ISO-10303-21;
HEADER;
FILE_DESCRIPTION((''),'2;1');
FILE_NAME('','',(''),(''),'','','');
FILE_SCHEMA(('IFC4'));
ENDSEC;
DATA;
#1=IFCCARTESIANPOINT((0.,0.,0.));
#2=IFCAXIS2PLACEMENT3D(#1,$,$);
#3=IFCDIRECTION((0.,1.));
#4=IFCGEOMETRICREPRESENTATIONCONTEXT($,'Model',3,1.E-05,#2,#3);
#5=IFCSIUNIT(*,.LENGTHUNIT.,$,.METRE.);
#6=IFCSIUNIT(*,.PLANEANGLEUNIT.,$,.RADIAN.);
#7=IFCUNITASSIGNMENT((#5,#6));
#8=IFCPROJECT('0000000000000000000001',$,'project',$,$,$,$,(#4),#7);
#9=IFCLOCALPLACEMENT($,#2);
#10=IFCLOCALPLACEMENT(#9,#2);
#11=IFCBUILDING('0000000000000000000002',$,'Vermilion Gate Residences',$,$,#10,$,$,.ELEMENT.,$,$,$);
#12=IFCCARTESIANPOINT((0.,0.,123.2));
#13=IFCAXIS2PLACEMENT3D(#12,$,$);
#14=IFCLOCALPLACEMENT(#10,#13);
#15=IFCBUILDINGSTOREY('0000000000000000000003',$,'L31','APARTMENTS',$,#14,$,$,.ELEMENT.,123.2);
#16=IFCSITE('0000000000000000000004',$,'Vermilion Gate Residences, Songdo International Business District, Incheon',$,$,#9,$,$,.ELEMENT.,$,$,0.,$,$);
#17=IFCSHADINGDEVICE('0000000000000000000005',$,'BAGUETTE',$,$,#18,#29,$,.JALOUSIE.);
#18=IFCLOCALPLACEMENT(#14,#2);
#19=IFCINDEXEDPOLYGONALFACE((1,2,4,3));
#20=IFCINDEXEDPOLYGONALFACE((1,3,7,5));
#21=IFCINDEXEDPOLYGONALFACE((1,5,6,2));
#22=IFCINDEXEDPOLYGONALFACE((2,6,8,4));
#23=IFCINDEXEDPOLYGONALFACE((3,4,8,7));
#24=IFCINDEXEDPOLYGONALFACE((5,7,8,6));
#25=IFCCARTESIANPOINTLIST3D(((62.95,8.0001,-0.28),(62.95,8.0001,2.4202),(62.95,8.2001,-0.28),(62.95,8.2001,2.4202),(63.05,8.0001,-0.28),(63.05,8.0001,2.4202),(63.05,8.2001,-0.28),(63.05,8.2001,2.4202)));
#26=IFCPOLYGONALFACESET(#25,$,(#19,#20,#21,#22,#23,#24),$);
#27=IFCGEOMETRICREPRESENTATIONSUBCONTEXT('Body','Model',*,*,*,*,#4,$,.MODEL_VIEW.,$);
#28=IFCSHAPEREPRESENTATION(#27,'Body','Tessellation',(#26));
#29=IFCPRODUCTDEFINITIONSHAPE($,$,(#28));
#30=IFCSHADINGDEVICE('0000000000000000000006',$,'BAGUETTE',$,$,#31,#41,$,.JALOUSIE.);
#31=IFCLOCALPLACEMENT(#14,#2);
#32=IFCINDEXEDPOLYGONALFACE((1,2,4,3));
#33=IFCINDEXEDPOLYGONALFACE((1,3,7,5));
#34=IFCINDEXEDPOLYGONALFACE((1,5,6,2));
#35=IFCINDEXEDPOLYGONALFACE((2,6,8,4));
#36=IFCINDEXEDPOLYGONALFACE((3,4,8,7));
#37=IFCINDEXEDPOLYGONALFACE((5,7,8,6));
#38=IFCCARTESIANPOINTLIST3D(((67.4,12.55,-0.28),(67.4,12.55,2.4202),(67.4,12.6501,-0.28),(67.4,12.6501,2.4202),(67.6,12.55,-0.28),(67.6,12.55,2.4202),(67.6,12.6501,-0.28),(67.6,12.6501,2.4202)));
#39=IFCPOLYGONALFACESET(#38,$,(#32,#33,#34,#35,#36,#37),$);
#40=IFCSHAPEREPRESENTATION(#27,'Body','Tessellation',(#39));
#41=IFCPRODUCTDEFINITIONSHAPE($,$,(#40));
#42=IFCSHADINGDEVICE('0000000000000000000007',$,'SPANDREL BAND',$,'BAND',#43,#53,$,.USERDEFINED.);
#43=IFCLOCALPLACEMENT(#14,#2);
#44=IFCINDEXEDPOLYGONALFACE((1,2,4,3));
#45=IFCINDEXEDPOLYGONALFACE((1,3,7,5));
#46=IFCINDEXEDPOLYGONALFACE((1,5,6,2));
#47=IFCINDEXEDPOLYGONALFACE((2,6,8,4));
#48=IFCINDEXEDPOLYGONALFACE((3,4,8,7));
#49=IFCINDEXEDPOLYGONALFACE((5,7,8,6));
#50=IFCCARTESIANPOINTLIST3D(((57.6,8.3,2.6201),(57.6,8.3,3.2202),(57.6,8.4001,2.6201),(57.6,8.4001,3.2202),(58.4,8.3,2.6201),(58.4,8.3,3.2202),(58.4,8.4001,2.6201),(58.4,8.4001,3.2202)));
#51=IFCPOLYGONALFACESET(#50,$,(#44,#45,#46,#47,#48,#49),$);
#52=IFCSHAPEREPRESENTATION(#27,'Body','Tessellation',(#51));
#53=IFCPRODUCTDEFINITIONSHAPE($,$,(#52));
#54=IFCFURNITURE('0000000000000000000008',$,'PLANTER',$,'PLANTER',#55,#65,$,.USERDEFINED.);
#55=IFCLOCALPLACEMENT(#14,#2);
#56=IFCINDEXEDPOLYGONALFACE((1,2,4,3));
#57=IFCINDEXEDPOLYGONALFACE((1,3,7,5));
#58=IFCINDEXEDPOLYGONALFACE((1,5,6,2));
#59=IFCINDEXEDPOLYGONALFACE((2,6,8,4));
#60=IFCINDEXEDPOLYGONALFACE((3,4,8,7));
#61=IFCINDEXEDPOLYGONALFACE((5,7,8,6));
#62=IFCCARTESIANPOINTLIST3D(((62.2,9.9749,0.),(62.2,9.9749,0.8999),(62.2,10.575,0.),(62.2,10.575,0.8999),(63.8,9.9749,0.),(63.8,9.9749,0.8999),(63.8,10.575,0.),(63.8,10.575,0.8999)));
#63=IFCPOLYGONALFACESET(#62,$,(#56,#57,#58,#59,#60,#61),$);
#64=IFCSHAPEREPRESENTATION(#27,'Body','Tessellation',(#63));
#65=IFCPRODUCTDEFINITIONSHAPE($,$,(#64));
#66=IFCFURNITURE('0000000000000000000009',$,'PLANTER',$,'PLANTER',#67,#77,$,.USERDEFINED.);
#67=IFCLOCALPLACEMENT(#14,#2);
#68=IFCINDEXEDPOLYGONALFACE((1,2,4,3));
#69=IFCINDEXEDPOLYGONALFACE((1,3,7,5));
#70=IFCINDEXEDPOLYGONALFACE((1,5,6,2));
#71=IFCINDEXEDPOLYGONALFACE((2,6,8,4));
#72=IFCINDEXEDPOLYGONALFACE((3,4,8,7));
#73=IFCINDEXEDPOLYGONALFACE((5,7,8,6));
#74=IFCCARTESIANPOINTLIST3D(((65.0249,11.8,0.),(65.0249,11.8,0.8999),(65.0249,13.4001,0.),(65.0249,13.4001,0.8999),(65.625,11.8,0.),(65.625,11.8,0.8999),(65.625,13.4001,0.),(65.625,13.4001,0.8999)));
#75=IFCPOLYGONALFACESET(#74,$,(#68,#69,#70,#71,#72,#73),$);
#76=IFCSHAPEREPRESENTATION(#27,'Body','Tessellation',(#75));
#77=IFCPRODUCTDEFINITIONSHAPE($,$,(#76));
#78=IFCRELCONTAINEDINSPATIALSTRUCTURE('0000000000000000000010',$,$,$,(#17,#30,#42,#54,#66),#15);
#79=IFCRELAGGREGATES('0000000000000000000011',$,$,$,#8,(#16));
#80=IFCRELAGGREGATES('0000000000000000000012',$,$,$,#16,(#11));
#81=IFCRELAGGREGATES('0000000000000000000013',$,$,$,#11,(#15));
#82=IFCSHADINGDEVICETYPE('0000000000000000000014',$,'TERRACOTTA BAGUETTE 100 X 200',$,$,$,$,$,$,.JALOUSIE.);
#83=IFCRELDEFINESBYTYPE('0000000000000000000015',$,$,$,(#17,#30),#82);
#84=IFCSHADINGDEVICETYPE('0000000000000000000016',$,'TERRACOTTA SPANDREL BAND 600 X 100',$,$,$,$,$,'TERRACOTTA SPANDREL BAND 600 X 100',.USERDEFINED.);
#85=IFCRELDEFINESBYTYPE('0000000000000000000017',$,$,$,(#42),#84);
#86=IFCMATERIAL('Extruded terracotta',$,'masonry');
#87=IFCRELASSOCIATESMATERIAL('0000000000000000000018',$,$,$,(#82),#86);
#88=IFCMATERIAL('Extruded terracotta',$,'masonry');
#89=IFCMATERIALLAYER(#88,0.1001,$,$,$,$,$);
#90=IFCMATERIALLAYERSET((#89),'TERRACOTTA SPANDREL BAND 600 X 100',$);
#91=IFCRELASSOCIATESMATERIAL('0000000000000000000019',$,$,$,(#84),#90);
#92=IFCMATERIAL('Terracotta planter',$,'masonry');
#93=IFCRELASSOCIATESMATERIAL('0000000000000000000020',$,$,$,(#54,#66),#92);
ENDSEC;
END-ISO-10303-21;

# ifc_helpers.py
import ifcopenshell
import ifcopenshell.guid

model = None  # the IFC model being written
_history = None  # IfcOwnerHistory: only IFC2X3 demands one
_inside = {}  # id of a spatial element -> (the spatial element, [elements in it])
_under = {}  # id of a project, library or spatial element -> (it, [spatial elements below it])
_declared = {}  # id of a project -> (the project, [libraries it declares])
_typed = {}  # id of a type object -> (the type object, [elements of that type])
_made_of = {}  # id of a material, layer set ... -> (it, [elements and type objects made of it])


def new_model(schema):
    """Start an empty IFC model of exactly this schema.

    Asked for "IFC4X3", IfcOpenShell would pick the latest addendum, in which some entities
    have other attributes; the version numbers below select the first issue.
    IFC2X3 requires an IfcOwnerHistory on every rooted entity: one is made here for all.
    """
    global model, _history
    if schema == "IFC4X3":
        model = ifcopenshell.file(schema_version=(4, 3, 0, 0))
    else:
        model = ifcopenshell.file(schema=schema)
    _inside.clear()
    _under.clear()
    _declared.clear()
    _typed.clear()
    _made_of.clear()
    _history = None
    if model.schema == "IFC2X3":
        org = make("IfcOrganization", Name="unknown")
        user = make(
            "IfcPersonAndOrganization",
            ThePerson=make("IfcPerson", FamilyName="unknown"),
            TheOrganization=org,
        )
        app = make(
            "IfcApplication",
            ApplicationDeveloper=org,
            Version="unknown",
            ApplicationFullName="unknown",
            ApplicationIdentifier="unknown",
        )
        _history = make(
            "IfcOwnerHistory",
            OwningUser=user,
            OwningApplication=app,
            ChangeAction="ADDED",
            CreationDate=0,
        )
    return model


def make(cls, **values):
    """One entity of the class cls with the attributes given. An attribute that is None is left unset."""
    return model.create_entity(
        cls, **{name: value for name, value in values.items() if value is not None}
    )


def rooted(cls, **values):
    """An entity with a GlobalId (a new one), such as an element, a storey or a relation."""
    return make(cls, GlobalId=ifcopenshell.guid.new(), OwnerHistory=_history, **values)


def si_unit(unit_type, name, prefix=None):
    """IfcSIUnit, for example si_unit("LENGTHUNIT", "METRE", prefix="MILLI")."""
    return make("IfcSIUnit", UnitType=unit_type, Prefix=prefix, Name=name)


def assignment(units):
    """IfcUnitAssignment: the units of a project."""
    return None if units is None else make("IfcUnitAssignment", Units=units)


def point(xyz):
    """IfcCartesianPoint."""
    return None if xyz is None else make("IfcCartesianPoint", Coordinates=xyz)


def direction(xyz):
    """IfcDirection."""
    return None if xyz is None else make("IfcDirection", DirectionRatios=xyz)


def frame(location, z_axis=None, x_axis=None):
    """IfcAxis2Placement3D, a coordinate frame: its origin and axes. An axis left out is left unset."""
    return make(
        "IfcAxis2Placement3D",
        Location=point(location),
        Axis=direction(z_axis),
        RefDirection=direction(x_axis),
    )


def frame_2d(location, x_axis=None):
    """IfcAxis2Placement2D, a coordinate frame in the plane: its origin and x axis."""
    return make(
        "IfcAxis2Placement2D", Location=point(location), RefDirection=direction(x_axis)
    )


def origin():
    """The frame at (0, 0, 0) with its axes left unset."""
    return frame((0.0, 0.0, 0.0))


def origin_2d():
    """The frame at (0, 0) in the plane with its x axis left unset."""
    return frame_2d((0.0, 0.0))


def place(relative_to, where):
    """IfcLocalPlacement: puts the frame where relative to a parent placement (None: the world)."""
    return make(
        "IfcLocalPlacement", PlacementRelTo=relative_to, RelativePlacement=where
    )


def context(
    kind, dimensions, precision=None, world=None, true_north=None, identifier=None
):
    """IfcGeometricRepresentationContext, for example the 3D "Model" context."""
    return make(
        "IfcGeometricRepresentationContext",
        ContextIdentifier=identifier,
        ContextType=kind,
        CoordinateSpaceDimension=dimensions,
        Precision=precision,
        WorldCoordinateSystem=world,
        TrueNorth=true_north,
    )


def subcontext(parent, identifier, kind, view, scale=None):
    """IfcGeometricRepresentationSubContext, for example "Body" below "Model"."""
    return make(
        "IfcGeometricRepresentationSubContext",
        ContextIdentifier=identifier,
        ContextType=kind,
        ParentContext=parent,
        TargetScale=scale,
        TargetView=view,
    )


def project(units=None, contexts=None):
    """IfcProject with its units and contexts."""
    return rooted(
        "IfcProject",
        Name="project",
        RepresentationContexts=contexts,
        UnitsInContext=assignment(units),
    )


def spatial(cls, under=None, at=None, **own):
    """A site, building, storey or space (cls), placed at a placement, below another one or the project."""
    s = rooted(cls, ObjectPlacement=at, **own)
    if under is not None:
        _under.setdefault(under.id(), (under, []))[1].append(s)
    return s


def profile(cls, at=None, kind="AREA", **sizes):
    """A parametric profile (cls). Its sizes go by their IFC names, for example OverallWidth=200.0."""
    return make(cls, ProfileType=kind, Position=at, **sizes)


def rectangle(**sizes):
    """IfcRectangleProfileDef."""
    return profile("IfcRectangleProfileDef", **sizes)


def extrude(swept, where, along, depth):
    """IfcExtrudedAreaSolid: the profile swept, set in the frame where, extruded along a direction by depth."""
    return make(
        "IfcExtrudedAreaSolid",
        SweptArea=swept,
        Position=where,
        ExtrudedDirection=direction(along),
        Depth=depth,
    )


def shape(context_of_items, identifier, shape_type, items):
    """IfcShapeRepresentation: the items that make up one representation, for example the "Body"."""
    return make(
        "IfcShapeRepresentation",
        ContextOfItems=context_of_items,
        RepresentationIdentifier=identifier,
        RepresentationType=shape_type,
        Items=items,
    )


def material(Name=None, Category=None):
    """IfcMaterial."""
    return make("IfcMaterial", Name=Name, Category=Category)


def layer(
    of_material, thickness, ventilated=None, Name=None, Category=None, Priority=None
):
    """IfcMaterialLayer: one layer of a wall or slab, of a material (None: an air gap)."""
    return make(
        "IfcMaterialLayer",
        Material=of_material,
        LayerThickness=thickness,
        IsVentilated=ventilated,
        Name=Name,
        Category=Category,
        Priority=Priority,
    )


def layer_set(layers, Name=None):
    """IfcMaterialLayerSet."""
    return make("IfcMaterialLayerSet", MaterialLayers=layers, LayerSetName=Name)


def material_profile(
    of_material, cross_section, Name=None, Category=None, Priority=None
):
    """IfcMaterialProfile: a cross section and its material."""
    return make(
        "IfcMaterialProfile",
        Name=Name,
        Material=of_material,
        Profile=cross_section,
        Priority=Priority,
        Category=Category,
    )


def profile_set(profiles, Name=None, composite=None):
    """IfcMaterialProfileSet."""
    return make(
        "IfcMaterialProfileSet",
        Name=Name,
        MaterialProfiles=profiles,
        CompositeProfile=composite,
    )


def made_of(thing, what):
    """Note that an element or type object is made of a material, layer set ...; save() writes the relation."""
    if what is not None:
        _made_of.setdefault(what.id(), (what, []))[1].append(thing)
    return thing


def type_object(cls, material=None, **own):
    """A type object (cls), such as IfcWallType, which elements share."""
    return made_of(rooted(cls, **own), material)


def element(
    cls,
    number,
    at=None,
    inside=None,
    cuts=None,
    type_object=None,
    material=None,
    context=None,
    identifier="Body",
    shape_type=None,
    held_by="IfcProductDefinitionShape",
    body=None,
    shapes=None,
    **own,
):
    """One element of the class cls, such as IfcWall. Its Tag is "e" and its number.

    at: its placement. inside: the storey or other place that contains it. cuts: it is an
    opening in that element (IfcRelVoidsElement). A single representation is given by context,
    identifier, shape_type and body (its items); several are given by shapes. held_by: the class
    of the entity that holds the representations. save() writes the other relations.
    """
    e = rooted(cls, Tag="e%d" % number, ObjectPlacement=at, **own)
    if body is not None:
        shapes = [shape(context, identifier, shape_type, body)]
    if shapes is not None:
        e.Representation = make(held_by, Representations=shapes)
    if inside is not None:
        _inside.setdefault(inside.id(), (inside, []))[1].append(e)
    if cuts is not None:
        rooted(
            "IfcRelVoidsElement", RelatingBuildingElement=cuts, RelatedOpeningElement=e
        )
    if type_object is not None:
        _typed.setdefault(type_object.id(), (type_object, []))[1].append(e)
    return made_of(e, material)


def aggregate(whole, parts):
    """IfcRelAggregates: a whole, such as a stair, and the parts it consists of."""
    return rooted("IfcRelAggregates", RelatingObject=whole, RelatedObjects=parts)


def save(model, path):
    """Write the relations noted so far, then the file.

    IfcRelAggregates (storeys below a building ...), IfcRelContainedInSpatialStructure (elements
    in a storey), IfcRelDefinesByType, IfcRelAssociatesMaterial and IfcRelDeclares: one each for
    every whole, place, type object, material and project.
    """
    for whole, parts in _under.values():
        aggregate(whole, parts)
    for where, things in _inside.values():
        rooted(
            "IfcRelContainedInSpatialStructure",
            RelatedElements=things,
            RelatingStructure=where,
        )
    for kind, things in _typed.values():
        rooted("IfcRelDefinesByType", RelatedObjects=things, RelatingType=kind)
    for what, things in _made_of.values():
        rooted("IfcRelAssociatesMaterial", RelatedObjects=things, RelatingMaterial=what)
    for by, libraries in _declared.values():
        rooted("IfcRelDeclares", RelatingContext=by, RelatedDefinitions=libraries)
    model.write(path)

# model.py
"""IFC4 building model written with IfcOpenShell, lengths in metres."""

from ifc_helpers import new_model, si_unit, direction, frame, origin, origin_2d, place, context, subcontext, project, spatial, rectangle, extrude, material, layer, layer_set, material_profile, profile_set, type_object, element, save


model = new_model("IFC4")

# Units and contexts
model_context = context("Model", 3, precision=1e-05, world=origin(), true_north=direction((0.0, 1.0)))
body_context = subcontext(model_context, "Body", "Model", "MODEL_VIEW")
ifc_project = project(units=[si_unit("LENGTHUNIT", "METRE"), si_unit("PLANEANGLEUNIT", "RADIAN")], contexts=[model_context])

# Site, building, storey
site_placement = place(None, origin())
site = spatial("IfcSite", under=ifc_project, at=site_placement, Name="Vermilion Gate Residences, Songdo International Business District, Incheon", CompositionType="ELEMENT", RefElevation=0.0)
building_placement = place(site_placement, origin())
building = spatial("IfcBuilding", under=site, at=building_placement, Name="Vermilion Gate Residences", CompositionType="ELEMENT")
storey_placement = place(building_placement, frame((0.0, 0.0, 123.2)))
storey = spatial("IfcBuildingStorey", under=building, at=storey_placement, Name="L31", Description="APARTMENTS", CompositionType="ELEMENT", Elevation=123.2)

# Shading devices
ifc_material_1 = material(Name="Extruded terracotta", Category="masonry")
ifc_material_profile_1 = material_profile(ifc_material_1, rectangle(XDim=0.2, YDim=0.1001, at=origin_2d()), Name="BAGUETTE 100 X 200")
ifc_profile_set_1 = profile_set([ifc_material_profile_1], Name="Extruded terracotta")
shading_device_type_1 = type_object("IfcShadingDeviceType", Name="TERRACOTTA BAGUETTE 100 X 200", PredefinedType="JALOUSIE", material=ifc_profile_set_1)
for number, where, z_axis, x_axis, name in (
    (1, (63.0, 8.1001, -0.28), (0.0, 0.0, 1.0), (0.0, 1.0, 0.0), "BAGUETTE"),
    (2, (67.5, 12.6001, -0.28), (0.0, 0.0, 1.0), (-1.0, 0.0, 0.0), "BAGUETTE"),
):
    element("IfcShadingDevice", number, at=place(storey_placement, frame(where, z_axis=z_axis, x_axis=x_axis)), inside=storey, type_object=shading_device_type_1, Name=name, PredefinedType="JALOUSIE", context=body_context, shape_type="SweptSolid", body=[
        extrude(rectangle(XDim=0.2, YDim=0.1001, at=origin_2d()), origin(), (0.0, 0.0, 1.0), 2.7002),
    ])
ifc_material_2 = material(Name="Extruded terracotta", Category="masonry")
ifc_layer_1 = layer(ifc_material_2, 0.1001)
ifc_layer_set_1 = layer_set([ifc_layer_1], Name="TERRACOTTA SPANDREL BAND 600 X 100")
shading_device_type_2 = type_object("IfcShadingDeviceType", Name="TERRACOTTA SPANDREL BAND 600 X 100", ElementType="TERRACOTTA SPANDREL BAND 600 X 100", PredefinedType="USERDEFINED", material=ifc_layer_set_1)
shading_device_placement = place(storey_placement, frame((58.0, 8.3501, 2.6201), z_axis=(0.0, 0.0, 1.0), x_axis=(1.0, 0.0, 0.0)))
element("IfcShadingDevice", 3, at=shading_device_placement, inside=storey, type_object=shading_device_type_2, Name="SPANDREL BAND", ObjectType="BAND", PredefinedType="USERDEFINED", context=body_context, shape_type="SweptSolid", body=[
    extrude(rectangle(XDim=0.8, YDim=0.1001, at=origin_2d()), origin(), (0.0, 0.0, 1.0), 0.6001),
])

# Furniture
ifc_material_3 = material(Name="Terracotta planter", Category="masonry")
for number, where, z_axis, x_axis, name in (
    (4, (63.0, 10.2749, 0.0), (0.0, 0.0, 1.0), (1.0, 0.0, 0.0), "PLANTER"),
    (5, (65.325, 12.6001, 0.0), (0.0, 0.0, 1.0), (0.0, 1.0, 0.0), "PLANTER"),
):
    element("IfcFurniture", number, at=place(storey_placement, frame(where, z_axis=z_axis, x_axis=x_axis)), inside=storey, material=ifc_material_3, Name=name, ObjectType="PLANTER", PredefinedType="USERDEFINED", context=body_context, shape_type="SweptSolid", body=[
        extrude(rectangle(XDim=1.6001, YDim=0.6001, at=origin_2d()), origin(), (0.0, 0.0, 1.0), 0.8999),
    ])

save(model, "model.ifc")
